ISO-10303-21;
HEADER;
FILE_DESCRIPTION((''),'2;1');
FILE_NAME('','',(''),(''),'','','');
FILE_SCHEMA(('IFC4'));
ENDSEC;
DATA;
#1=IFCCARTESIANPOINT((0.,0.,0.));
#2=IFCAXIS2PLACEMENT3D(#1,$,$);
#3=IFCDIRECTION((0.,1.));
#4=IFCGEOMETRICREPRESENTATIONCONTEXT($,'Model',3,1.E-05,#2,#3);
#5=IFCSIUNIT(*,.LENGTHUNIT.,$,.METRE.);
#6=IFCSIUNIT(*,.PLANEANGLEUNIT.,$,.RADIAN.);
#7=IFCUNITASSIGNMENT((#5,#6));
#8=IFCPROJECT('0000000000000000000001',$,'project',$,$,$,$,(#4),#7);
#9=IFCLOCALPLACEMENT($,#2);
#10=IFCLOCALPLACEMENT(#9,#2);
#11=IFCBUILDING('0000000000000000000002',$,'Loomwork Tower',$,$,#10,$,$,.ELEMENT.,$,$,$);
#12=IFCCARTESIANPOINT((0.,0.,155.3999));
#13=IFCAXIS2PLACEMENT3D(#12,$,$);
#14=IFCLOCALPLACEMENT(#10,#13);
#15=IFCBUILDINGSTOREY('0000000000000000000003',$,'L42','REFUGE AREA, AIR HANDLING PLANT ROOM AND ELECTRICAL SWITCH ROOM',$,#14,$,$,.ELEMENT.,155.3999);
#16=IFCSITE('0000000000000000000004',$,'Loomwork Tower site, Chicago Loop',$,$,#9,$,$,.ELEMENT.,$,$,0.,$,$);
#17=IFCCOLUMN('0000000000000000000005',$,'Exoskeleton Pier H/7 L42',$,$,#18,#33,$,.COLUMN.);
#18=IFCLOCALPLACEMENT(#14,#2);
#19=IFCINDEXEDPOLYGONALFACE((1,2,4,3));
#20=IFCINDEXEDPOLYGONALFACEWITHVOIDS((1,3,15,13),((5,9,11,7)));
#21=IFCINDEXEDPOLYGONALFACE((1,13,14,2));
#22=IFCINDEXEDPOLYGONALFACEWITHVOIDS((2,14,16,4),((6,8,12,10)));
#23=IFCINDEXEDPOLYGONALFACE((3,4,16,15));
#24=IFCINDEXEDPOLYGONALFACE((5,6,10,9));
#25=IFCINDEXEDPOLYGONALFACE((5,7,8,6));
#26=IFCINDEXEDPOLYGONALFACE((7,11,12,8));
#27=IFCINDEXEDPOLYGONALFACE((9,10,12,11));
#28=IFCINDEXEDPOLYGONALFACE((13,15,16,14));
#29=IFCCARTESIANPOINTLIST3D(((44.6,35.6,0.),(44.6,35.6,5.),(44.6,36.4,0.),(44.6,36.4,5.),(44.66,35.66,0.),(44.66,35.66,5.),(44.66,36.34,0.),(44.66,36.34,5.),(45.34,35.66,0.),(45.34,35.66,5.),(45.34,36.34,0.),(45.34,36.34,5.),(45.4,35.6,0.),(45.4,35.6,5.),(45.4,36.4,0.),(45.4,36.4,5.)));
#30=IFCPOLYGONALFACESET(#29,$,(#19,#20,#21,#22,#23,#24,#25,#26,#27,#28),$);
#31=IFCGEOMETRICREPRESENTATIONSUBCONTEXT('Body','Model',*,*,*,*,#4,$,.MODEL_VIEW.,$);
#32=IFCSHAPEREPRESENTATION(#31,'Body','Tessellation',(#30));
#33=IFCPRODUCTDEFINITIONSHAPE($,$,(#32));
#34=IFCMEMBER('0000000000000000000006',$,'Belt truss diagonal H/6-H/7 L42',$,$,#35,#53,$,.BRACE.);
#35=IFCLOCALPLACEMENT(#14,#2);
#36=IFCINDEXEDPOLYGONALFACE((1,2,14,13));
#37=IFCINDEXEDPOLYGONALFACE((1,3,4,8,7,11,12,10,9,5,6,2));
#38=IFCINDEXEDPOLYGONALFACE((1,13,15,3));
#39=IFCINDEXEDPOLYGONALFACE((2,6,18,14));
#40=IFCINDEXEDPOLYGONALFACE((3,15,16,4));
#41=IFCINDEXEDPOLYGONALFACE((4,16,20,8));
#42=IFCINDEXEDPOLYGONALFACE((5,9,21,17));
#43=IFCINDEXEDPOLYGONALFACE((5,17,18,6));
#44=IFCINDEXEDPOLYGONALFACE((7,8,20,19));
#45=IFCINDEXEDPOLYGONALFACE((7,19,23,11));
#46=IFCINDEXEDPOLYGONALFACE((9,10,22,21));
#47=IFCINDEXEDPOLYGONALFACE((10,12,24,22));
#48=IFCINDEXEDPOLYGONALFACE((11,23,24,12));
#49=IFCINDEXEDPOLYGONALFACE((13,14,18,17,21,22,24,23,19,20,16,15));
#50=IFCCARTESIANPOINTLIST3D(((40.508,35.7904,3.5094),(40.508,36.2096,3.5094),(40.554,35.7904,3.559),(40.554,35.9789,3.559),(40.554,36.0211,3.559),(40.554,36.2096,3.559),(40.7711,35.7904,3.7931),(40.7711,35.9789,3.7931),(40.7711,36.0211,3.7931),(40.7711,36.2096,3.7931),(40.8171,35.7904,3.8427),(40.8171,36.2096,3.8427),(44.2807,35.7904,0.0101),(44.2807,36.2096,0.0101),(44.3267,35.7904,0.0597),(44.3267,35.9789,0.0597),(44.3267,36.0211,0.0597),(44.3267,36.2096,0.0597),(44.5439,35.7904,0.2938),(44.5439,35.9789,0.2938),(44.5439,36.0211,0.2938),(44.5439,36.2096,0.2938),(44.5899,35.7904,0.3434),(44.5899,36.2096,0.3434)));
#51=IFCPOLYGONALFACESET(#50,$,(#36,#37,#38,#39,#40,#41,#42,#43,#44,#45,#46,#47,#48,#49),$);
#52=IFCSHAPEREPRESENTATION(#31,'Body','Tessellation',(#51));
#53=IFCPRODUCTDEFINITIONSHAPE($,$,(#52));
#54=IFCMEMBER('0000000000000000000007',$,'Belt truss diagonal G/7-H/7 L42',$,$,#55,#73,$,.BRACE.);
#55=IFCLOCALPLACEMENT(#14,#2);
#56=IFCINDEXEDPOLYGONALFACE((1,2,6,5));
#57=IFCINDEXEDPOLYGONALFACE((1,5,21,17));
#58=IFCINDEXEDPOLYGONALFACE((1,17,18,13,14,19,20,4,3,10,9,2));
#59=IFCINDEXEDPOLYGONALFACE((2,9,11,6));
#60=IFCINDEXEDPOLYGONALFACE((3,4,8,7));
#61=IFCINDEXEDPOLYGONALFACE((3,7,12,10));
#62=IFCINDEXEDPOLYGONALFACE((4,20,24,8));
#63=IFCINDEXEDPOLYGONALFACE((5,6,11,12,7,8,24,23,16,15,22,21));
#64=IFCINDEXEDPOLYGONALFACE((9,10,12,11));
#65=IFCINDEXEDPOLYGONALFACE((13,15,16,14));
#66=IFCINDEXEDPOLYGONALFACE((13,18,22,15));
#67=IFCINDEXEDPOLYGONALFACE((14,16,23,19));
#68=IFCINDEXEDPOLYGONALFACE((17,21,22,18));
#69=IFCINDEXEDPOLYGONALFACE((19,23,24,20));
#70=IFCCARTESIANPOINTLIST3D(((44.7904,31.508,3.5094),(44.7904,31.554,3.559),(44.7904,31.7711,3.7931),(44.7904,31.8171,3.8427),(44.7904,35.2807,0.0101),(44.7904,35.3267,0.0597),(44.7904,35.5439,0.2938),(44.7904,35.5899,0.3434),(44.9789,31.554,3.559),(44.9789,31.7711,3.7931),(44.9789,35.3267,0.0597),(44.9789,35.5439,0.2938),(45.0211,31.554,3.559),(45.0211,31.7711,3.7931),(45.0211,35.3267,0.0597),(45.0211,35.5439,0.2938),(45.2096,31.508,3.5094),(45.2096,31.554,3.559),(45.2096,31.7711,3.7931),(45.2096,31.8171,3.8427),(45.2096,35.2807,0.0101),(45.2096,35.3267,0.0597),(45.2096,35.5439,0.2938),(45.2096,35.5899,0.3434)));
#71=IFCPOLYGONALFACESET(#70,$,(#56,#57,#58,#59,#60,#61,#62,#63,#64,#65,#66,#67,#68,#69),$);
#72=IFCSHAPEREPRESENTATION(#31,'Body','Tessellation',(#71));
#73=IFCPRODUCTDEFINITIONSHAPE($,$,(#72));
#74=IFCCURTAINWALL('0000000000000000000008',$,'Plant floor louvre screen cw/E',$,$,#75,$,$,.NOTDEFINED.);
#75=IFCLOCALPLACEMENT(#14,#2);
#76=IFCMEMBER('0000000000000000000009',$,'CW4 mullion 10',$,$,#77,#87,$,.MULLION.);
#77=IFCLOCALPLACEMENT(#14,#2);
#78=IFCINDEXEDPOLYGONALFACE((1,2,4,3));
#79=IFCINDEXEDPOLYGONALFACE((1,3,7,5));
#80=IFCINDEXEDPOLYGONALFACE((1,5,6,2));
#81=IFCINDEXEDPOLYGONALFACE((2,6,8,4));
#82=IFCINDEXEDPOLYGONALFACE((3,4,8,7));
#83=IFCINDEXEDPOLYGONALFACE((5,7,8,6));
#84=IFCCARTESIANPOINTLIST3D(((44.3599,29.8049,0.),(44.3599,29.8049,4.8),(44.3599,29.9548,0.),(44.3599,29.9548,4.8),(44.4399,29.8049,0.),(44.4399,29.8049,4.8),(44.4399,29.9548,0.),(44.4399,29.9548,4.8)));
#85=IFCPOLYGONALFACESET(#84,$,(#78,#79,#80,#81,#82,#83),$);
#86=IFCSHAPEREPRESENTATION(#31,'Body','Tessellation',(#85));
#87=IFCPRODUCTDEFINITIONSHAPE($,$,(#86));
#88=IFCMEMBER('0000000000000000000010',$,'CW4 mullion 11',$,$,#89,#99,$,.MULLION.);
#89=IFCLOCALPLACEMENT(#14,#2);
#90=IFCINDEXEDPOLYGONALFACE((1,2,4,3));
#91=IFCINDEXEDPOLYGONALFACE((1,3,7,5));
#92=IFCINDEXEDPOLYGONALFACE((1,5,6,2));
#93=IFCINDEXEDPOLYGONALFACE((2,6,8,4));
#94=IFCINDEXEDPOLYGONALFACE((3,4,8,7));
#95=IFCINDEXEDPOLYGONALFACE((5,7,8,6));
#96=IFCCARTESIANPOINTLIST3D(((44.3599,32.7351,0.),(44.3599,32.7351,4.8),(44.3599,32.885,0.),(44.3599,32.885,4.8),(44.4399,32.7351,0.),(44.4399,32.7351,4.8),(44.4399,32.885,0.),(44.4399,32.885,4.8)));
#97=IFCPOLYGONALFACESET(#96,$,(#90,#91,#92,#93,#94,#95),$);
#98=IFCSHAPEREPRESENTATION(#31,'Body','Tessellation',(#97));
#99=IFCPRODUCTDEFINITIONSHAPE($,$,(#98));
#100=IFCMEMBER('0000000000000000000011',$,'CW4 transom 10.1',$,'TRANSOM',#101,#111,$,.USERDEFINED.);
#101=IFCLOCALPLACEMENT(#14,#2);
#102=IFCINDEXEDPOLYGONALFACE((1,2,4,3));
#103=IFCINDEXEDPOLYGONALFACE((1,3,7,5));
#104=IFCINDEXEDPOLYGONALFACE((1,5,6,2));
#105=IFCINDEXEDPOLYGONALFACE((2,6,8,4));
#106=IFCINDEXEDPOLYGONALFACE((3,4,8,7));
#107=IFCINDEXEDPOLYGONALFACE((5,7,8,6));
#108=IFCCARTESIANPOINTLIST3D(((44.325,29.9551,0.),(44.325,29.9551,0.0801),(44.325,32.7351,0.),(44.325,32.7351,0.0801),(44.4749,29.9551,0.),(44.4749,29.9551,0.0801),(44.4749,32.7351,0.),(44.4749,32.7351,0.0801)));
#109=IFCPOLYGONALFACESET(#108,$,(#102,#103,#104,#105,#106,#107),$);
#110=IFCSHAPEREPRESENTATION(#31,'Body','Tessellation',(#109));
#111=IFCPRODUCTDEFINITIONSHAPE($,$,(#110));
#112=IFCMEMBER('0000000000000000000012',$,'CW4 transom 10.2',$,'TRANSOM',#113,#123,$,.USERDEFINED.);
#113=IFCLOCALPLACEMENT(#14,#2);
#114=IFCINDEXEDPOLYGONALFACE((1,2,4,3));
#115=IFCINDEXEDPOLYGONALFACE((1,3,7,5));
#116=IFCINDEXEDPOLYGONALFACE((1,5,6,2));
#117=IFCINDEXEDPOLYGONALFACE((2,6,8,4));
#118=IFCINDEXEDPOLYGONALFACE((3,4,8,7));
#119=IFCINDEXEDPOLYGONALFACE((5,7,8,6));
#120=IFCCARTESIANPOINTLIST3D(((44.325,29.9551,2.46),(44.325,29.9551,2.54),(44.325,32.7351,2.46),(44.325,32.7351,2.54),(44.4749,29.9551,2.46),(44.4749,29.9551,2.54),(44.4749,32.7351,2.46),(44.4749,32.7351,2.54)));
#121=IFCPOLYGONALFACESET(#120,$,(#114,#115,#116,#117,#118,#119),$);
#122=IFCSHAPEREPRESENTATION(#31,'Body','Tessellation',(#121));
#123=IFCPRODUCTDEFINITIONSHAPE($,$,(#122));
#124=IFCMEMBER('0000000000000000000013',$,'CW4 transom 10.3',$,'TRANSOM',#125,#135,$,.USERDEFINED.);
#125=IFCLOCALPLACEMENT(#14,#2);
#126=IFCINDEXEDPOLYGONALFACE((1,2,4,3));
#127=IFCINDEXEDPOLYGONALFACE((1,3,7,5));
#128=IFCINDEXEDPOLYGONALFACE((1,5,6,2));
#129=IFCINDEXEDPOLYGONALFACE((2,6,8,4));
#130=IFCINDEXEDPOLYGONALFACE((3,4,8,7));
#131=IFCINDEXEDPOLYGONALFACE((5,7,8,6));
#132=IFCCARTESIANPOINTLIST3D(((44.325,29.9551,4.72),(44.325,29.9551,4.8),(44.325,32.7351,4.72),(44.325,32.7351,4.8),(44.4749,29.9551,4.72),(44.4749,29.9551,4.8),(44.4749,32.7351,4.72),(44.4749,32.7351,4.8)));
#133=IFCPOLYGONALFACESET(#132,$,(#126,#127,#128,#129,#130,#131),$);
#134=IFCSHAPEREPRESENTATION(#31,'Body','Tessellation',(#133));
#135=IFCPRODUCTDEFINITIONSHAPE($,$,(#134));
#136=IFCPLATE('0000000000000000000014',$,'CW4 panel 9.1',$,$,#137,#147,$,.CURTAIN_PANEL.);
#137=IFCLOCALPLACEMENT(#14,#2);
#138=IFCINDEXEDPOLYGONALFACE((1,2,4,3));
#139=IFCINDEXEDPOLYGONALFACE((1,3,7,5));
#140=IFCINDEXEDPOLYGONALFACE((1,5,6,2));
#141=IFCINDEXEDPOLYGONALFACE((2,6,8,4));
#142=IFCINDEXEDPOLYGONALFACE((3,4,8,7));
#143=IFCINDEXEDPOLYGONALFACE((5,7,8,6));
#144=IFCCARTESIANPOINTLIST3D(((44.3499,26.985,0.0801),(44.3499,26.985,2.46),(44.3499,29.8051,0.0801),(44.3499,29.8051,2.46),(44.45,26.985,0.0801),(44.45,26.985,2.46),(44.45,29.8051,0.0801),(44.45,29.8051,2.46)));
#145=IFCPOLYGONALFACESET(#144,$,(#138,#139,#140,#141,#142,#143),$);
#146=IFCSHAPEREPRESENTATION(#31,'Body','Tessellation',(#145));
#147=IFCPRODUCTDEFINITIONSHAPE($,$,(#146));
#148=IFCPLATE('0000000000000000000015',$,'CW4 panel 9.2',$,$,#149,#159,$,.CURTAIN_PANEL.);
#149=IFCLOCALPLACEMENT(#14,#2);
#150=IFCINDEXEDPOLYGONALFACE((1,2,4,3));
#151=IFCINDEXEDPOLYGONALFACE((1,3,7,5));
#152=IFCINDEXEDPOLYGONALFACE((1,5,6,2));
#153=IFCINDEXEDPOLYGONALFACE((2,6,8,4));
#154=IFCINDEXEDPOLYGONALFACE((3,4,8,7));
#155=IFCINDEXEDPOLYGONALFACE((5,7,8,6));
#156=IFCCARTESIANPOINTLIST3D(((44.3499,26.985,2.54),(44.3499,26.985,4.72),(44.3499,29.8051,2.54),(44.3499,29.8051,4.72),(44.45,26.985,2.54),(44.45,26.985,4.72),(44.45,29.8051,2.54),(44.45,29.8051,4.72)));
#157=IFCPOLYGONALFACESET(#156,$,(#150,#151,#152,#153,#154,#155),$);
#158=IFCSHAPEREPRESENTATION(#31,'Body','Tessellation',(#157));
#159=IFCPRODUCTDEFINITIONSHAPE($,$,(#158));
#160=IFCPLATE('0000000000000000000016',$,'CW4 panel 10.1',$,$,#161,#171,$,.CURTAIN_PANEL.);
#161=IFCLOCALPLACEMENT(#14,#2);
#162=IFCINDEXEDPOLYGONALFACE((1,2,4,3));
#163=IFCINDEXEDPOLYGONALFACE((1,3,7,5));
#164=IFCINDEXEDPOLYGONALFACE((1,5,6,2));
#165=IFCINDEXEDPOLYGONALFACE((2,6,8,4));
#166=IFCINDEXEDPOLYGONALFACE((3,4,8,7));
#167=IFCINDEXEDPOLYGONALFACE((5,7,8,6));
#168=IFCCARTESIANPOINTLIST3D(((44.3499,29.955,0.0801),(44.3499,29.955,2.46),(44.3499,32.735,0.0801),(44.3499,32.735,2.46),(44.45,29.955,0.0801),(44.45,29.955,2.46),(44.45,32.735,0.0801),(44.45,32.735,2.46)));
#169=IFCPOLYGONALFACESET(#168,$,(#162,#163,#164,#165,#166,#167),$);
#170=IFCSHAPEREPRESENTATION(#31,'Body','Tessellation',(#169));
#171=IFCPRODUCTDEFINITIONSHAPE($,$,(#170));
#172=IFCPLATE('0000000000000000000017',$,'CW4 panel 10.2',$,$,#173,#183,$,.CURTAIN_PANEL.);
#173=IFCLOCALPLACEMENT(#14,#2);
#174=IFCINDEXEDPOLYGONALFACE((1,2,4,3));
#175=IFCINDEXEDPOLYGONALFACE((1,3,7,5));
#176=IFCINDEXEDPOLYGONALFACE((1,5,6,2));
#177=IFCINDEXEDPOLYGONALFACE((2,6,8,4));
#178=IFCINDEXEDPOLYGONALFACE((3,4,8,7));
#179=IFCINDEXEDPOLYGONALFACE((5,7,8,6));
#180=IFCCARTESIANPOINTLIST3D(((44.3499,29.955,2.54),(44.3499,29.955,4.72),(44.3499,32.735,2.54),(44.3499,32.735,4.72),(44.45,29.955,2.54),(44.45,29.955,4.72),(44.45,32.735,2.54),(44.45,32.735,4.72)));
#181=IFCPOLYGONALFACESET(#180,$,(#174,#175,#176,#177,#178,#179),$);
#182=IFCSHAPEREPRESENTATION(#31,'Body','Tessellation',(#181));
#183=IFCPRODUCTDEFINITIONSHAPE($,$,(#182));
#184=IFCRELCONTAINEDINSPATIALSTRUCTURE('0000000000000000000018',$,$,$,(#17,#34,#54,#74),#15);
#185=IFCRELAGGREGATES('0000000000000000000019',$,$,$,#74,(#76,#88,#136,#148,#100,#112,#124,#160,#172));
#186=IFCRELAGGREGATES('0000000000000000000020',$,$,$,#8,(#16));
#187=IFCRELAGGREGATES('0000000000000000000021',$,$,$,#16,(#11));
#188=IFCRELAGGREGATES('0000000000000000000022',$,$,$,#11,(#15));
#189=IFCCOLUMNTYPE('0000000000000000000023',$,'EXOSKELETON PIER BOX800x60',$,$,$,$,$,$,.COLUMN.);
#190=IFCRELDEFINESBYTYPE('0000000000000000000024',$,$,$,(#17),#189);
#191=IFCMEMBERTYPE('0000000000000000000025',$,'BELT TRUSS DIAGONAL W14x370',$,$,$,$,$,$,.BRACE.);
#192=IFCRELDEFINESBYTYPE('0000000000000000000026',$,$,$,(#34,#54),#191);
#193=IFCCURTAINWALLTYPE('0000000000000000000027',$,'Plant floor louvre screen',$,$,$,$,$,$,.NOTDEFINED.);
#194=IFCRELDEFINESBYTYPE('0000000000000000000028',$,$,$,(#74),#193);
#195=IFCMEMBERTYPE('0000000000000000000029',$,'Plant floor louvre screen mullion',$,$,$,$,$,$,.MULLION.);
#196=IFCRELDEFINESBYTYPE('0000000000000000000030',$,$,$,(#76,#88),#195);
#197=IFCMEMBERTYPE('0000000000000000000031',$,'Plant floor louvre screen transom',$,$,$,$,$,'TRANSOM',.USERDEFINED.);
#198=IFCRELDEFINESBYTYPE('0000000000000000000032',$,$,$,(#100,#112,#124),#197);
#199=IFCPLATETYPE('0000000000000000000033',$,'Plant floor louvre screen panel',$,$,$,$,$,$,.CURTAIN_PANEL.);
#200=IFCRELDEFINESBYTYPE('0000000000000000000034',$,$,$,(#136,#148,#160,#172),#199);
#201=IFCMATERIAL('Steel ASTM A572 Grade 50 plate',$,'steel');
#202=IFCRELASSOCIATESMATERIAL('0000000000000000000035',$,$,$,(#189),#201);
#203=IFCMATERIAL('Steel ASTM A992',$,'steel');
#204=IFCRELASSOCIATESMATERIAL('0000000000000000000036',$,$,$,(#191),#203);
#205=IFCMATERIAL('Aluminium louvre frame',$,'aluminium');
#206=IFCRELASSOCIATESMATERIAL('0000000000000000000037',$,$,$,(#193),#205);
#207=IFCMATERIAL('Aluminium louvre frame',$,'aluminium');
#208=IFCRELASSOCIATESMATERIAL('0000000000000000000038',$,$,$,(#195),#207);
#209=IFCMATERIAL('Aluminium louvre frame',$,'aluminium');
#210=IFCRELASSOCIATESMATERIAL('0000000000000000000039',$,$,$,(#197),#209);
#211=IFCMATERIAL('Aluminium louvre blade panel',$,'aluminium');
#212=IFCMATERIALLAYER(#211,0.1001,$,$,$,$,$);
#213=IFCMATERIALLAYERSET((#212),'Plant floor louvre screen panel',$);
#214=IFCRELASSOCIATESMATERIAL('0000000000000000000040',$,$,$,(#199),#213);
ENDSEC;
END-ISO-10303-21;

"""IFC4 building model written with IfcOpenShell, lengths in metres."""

from ifc_helpers import new_model, si_unit, direction, frame, origin, origin_2d, place, context, subcontext, project, spatial, rectangle, hollow_rectangle, i_section, extrude, material, layer, layer_set, material_profile, profile_set, type_object, element, aggregate, save


model = new_model("IFC4")

# Units and contexts
model_context = context("Model", 3, precision=1e-05, world=origin(), true_north=direction((0.0, 1.0)))
body_context = subcontext(model_context, "Body", "Model", "MODEL_VIEW")
ifc_project = project(units=[si_unit("LENGTHUNIT", "METRE"), si_unit("PLANEANGLEUNIT", "RADIAN")], contexts=[model_context])

# Site, building, storey
site_placement = place(None, origin())
site = spatial("IfcSite", under=ifc_project, at=site_placement, Name="Loomwork Tower site, Chicago Loop", CompositionType="ELEMENT", RefElevation=0.0)
building_placement = place(site_placement, origin())
building = spatial("IfcBuilding", under=site, at=building_placement, Name="Loomwork Tower", CompositionType="ELEMENT")
storey_placement = place(building_placement, frame((0.0, 0.0, 155.3999)))
storey = spatial("IfcBuildingStorey", under=building, at=storey_placement, Name="L42", Description="REFUGE AREA, AIR HANDLING PLANT ROOM AND ELECTRICAL SWITCH ROOM", CompositionType="ELEMENT", Elevation=155.3999)

# Column
ifc_material_1 = material(Name="Steel ASTM A572 Grade 50 plate", Category="steel")
ifc_material_profile_1 = material_profile(ifc_material_1, hollow_rectangle(XDim=0.8, YDim=0.8, WallThickness=0.0601, at=origin_2d()), Name="BOX800x60")
ifc_profile_set_1 = profile_set([ifc_material_profile_1], Name="Steel ASTM A572 Grade 50 plate")
column_type = type_object("IfcColumnType", Name="EXOSKELETON PIER BOX800x60", PredefinedType="COLUMN", material=ifc_profile_set_1)
column_placement = place(storey_placement, frame((45.0, 36.0, 0.0), z_axis=(0.0, 0.0, 1.0), x_axis=(1.0, 0.0, 0.0)))
element("IfcColumn", 1, at=column_placement, inside=storey, type_object=column_type, Name="Exoskeleton Pier H/7 L42", PredefinedType="COLUMN", context=body_context, shape_type="SweptSolid", body=[
    extrude(hollow_rectangle(XDim=0.8, YDim=0.8, WallThickness=0.0601, at=origin_2d()), origin(), (0.0, 0.0, 1.0), 5.0),
])

# Members
ifc_material_2 = material(Name="Steel ASTM A992", Category="steel")
ifc_material_profile_2 = material_profile(ifc_material_2, i_section(OverallWidth=0.4192, OverallDepth=0.4546, WebThickness=0.0422, FlangeThickness=0.0676, at=origin_2d()), Name="W14x370")
ifc_profile_set_2 = profile_set([ifc_material_profile_2], Name="Steel ASTM A992")
member_type_1 = type_object("IfcMemberType", Name="BELT TRUSS DIAGONAL W14x370", PredefinedType="BRACE", material=ifc_profile_set_2)
for number, where, z_axis, x_axis, name in (
    (2, (44.4353, 36.0, 0.1768), (-0.733177, 0.0, 0.680038), (0.0, -1.0, 0.0), "Belt truss diagonal H/6-H/7 L42"),
    (3, (45.0, 35.4353, 0.1768), (0.0, -0.733177, 0.680038), (1.0, 0.0, 0.0), "Belt truss diagonal G/7-H/7 L42"),
):
    element("IfcMember", number, at=place(storey_placement, frame(where, z_axis=z_axis, x_axis=x_axis)), inside=storey, type_object=member_type_1, Name=name, PredefinedType="BRACE", context=body_context, shape_type="SweptSolid", body=[
        extrude(i_section(OverallWidth=0.4192, OverallDepth=0.4546, WebThickness=0.0422, FlangeThickness=0.0676, at=origin_2d()), origin(), (0.0, 0.0, 1.0), 5.1458),
    ])

# Curtain wall, members, plates
ifc_material_3 = material(Name="Aluminium louvre frame", Category="aluminium")
curtain_wall_type = type_object("IfcCurtainWallType", Name="Plant floor louvre screen", PredefinedType="NOTDEFINED", material=ifc_material_3)
curtain_wall_placement = place(storey_placement, origin())
curtain_wall = element("IfcCurtainWall", 4, at=curtain_wall_placement, inside=storey, type_object=curtain_wall_type, Name="Plant floor louvre screen cw/E", PredefinedType="NOTDEFINED")
ifc_material_4 = material(Name="Aluminium louvre frame", Category="aluminium")
ifc_material_profile_3 = material_profile(ifc_material_4, rectangle(XDim=0.0801, YDim=0.1499, at=origin_2d()), Name="AL 80x150")
ifc_profile_set_3 = profile_set([ifc_material_profile_3], Name="Aluminium louvre frame")
member_type_2 = type_object("IfcMemberType", Name="Plant floor louvre screen mullion", PredefinedType="MULLION", material=ifc_profile_set_3)
member_1_placement = place(storey_placement, frame((44.3999, 29.8799, 0.0), z_axis=(0.0, 0.0, 1.0), x_axis=(-1.0, 0.0, 0.0)))
member_1 = element("IfcMember", 5, at=member_1_placement, type_object=member_type_2, Name="CW4 mullion 10", PredefinedType="MULLION", context=body_context, shape_type="SweptSolid", body=[
    extrude(rectangle(XDim=0.0801, YDim=0.1499, at=origin_2d()), origin(), (0.0, 0.0, 1.0), 4.8),
])
member_2_placement = place(storey_placement, frame((44.3999, 32.8101, 0.0), z_axis=(0.0, 0.0, 1.0), x_axis=(-1.0, 0.0, 0.0)))
member_2 = element("IfcMember", 6, at=member_2_placement, type_object=member_type_2, Name="CW4 mullion 11", PredefinedType="MULLION", context=body_context, shape_type="SweptSolid", body=[
    extrude(rectangle(XDim=0.0801, YDim=0.1499, at=origin_2d()), origin(), (0.0, 0.0, 1.0), 4.8),
])
ifc_material_5 = material(Name="Aluminium louvre frame", Category="aluminium")
ifc_material_profile_4 = material_profile(ifc_material_5, rectangle(XDim=0.1499, YDim=0.0801, at=origin_2d()), Name="AL 80x150")
ifc_profile_set_4 = profile_set([ifc_material_profile_4], Name="Aluminium louvre frame")
member_type_3 = type_object("IfcMemberType", Name="Plant floor louvre screen transom", ElementType="TRANSOM", PredefinedType="USERDEFINED", material=ifc_profile_set_4)
member_3_placement = place(storey_placement, frame((44.3999, 29.9551, 0.04), z_axis=(0.0, 1.0, 0.0), x_axis=(-1.0, 0.0, 0.0)))
member_3 = element("IfcMember", 7, at=member_3_placement, type_object=member_type_3, Name="CW4 transom 10.1", ObjectType="TRANSOM", PredefinedType="USERDEFINED", context=body_context, shape_type="SweptSolid", body=[
    extrude(rectangle(XDim=0.1499, YDim=0.0801, at=origin_2d()), origin(), (0.0, 0.0, 1.0), 2.78),
])
member_4_placement = place(storey_placement, frame((44.3999, 29.9551, 2.5), z_axis=(0.0, 1.0, 0.0), x_axis=(-1.0, 0.0, 0.0)))
member_4 = element("IfcMember", 8, at=member_4_placement, type_object=member_type_3, Name="CW4 transom 10.2", ObjectType="TRANSOM", PredefinedType="USERDEFINED", context=body_context, shape_type="SweptSolid", body=[
    extrude(rectangle(XDim=0.1499, YDim=0.0801, at=origin_2d()), origin(), (0.0, 0.0, 1.0), 2.78),
])
member_5_placement = place(storey_placement, frame((44.3999, 29.9551, 4.76), z_axis=(0.0, 1.0, 0.0), x_axis=(-1.0, 0.0, 0.0)))
member_5 = element("IfcMember", 9, at=member_5_placement, type_object=member_type_3, Name="CW4 transom 10.3", ObjectType="TRANSOM", PredefinedType="USERDEFINED", context=body_context, shape_type="SweptSolid", body=[
    extrude(rectangle(XDim=0.1499, YDim=0.0801, at=origin_2d()), origin(), (0.0, 0.0, 1.0), 2.78),
])
ifc_material_6 = material(Name="Aluminium louvre blade panel", Category="aluminium")
ifc_layer_1 = layer(ifc_material_6, 0.1001)
ifc_layer_set_1 = layer_set([ifc_layer_1], Name="Plant floor louvre screen panel")
plate_type_1 = type_object("IfcPlateType", Name="Plant floor louvre screen panel", PredefinedType="CURTAIN_PANEL", material=ifc_layer_set_1)
plate_1_placement = place(storey_placement, frame((44.3999, 28.395, 0.0801), z_axis=(0.0, 0.0, 1.0), x_axis=(0.0, 1.0, 0.0)))
plate_1 = element("IfcPlate", 10, at=plate_1_placement, type_object=plate_type_1, Name="CW4 panel 9.1", PredefinedType="CURTAIN_PANEL", context=body_context, shape_type="SweptSolid", body=[
    extrude(rectangle(XDim=2.8201, YDim=0.1001, at=origin_2d()), origin(), (0.0, 0.0, 1.0), 2.3799),
])
plate_2_placement = place(storey_placement, frame((44.3999, 28.395, 2.54), z_axis=(0.0, 0.0, 1.0), x_axis=(0.0, 1.0, 0.0)))
plate_2 = element("IfcPlate", 11, at=plate_2_placement, type_object=plate_type_1, Name="CW4 panel 9.2", PredefinedType="CURTAIN_PANEL", context=body_context, shape_type="SweptSolid", body=[
    extrude(rectangle(XDim=2.8201, YDim=0.1001, at=origin_2d()), origin(), (0.0, 0.0, 1.0), 2.1799),
])
plate_3_placement = place(storey_placement, frame((44.3999, 31.345, 0.0801), z_axis=(0.0, 0.0, 1.0), x_axis=(0.0, 1.0, 0.0)))
plate_3 = element("IfcPlate", 12, at=plate_3_placement, type_object=plate_type_1, Name="CW4 panel 10.1", PredefinedType="CURTAIN_PANEL", context=body_context, shape_type="SweptSolid", body=[
    extrude(rectangle(XDim=2.78, YDim=0.1001, at=origin_2d()), origin(), (0.0, 0.0, 1.0), 2.3799),
])
plate_4_placement = place(storey_placement, frame((44.3999, 31.345, 2.54), z_axis=(0.0, 0.0, 1.0), x_axis=(0.0, 1.0, 0.0)))
plate_4 = element("IfcPlate", 13, at=plate_4_placement, type_object=plate_type_1, Name="CW4 panel 10.2", PredefinedType="CURTAIN_PANEL", context=body_context, shape_type="SweptSolid", body=[
    extrude(rectangle(XDim=2.78, YDim=0.1001, at=origin_2d()), origin(), (0.0, 0.0, 1.0), 2.1799),
])
aggregate(curtain_wall, [member_1, member_2, plate_1, plate_2, member_3, member_4, member_5, plate_3, plate_4])

save(model, "model.ifc")
